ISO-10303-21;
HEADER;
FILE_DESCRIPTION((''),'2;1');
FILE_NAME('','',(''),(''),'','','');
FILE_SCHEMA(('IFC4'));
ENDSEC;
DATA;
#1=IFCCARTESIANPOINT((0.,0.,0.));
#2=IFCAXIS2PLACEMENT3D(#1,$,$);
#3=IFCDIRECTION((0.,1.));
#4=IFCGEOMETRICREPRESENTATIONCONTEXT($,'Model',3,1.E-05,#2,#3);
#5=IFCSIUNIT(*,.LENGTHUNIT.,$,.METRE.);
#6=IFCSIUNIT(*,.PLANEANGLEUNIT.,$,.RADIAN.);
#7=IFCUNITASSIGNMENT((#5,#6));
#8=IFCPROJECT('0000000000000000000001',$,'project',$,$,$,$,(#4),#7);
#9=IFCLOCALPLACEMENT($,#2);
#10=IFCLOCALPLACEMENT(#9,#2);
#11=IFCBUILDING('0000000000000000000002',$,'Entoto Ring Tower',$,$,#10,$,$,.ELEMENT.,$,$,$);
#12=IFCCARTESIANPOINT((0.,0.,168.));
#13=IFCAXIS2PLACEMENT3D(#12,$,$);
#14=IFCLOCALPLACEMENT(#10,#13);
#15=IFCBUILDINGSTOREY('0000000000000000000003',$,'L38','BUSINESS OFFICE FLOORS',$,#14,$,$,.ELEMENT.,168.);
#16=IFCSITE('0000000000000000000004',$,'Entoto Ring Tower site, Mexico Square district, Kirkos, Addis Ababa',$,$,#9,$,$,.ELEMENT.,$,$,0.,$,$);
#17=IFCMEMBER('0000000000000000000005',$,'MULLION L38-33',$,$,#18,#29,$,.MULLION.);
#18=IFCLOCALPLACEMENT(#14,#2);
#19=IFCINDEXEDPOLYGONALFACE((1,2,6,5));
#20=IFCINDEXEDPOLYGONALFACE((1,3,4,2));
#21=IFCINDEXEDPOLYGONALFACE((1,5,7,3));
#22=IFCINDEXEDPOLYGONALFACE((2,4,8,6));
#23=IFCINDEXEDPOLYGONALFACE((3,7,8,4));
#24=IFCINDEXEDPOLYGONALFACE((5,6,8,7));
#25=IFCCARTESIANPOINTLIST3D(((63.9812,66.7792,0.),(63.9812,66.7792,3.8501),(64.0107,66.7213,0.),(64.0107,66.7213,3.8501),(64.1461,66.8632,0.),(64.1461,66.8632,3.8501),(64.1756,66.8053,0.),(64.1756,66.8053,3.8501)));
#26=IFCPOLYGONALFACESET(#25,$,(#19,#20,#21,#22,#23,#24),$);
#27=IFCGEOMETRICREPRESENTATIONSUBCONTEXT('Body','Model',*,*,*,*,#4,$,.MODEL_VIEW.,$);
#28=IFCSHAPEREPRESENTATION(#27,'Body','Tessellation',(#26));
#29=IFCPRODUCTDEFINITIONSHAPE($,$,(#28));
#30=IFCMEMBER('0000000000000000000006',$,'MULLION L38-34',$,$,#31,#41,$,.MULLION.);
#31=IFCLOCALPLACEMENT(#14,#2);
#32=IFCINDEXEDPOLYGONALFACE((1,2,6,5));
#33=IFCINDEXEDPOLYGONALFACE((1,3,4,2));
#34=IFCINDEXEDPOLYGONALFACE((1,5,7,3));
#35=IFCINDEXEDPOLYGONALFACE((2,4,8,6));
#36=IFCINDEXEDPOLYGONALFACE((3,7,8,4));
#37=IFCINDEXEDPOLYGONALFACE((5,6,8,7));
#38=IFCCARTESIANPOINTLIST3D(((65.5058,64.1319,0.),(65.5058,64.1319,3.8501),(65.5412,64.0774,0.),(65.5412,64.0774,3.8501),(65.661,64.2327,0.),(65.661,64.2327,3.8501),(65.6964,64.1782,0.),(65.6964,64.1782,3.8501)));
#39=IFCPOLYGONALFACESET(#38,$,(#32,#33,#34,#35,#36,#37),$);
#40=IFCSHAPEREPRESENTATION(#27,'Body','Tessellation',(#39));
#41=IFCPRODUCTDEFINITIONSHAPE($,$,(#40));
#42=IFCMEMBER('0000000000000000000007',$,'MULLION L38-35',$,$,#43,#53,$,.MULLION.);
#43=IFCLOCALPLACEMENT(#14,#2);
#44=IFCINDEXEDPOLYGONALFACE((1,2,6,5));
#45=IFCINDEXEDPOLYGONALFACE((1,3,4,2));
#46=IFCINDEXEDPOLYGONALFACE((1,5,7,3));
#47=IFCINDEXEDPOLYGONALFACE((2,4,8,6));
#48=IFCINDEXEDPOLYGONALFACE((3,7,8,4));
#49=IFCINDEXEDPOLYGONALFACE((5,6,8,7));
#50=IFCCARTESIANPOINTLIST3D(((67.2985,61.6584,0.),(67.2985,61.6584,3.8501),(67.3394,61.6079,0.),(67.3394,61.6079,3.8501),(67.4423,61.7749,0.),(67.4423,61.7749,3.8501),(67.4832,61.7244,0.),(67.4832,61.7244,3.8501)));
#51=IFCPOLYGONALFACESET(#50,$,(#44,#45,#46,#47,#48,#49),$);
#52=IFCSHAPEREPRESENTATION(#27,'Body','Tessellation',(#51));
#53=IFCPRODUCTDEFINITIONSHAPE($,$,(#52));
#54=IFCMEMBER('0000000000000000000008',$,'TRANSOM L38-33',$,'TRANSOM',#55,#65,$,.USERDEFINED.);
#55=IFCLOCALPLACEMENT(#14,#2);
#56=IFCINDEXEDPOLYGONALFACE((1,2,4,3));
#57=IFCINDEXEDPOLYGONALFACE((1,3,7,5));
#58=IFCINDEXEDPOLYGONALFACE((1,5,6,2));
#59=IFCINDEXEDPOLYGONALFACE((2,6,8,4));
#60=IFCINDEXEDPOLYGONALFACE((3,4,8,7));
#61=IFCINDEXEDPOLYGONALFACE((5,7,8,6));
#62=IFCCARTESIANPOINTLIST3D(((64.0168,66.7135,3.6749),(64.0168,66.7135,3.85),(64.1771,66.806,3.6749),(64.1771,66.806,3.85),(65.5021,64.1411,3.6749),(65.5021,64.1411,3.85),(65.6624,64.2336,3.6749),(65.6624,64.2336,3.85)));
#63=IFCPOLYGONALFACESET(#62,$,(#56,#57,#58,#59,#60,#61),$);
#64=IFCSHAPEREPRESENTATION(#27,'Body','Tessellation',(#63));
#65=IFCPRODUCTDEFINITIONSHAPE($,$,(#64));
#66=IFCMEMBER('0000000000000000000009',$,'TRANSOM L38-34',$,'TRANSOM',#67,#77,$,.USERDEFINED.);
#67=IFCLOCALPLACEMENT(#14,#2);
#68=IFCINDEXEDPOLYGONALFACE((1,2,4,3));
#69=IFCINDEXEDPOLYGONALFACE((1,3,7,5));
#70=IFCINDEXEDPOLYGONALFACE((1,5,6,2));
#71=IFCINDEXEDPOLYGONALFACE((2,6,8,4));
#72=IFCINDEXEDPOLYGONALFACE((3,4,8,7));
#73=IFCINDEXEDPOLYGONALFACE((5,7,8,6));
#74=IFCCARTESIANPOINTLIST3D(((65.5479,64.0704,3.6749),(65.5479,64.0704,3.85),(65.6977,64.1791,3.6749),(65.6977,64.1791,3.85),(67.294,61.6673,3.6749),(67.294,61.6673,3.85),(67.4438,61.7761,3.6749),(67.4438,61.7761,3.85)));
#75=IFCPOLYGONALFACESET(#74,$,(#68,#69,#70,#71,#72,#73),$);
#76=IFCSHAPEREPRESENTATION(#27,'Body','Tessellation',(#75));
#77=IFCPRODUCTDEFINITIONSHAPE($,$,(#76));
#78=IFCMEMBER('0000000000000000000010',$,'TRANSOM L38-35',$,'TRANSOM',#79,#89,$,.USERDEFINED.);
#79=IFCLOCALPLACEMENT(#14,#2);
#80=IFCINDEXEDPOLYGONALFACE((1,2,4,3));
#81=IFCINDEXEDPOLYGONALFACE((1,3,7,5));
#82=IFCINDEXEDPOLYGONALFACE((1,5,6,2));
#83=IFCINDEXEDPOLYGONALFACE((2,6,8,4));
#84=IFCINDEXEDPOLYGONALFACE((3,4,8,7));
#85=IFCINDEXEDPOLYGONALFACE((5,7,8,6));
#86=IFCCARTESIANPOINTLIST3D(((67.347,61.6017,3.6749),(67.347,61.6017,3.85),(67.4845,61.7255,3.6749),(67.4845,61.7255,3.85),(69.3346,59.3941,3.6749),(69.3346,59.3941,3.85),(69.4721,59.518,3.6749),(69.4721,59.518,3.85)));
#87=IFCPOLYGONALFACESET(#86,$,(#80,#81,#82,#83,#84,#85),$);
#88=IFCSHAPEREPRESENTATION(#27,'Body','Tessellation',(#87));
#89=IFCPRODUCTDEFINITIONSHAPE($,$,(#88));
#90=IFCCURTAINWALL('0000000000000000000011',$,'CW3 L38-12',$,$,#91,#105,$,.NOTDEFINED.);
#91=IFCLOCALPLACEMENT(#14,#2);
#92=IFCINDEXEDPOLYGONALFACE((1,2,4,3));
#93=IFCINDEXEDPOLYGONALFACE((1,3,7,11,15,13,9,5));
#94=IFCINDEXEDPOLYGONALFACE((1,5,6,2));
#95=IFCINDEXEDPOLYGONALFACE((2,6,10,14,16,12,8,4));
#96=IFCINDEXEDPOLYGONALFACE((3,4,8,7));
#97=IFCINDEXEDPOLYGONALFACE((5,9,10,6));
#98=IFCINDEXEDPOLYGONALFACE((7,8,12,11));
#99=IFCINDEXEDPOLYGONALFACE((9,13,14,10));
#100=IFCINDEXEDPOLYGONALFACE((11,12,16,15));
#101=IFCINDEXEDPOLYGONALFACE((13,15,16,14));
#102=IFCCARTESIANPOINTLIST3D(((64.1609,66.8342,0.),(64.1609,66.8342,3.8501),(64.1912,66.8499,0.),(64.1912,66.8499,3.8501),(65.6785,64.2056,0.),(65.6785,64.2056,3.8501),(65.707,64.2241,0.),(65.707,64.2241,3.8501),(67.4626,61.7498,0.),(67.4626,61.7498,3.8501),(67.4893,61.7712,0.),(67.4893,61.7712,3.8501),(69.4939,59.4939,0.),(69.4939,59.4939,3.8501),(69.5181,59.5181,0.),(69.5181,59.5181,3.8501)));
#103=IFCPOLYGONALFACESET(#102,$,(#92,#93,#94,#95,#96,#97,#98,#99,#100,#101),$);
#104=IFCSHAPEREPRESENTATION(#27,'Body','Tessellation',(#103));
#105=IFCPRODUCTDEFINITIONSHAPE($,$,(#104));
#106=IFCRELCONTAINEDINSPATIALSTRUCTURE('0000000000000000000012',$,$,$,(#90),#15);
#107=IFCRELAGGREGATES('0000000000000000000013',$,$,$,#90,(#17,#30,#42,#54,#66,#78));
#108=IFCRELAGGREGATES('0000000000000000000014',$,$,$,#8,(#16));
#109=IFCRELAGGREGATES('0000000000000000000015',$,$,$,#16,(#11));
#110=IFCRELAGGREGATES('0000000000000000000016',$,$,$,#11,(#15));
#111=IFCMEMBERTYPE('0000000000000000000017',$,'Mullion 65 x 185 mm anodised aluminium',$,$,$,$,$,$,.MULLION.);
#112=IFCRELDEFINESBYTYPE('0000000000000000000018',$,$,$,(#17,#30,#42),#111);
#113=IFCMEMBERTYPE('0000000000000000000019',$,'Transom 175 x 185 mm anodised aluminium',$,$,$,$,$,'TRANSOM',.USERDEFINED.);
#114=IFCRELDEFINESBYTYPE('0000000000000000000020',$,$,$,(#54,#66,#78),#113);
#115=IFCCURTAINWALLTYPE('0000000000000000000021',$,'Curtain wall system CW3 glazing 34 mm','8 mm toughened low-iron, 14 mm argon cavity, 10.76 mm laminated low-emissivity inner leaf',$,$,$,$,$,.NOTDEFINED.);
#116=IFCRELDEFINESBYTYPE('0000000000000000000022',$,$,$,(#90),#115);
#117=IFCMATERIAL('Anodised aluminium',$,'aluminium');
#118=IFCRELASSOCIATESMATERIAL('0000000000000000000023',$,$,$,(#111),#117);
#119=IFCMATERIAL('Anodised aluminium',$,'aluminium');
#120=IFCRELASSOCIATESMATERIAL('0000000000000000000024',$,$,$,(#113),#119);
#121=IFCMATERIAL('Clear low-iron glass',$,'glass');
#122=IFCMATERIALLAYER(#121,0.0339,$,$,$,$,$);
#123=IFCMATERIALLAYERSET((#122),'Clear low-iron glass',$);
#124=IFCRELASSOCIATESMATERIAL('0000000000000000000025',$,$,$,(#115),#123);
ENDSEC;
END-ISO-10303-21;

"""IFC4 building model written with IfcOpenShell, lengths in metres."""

from ifc_helpers import new_model, si_unit, direction, frame, origin, origin_2d, place, context, subcontext, project, spatial, polyline, rectangle, outline, extrude, material, layer, layer_set, material_profile, profile_set, type_object, element, aggregate, save


model = new_model("IFC4")

# Units and contexts
model_context = context("Model", 3, precision=1e-05, world=origin(), true_north=direction((0.0, 1.0)))
body_context = subcontext(model_context, "Body", "Model", "MODEL_VIEW")
ifc_project = project(units=[si_unit("LENGTHUNIT", "METRE"), si_unit("PLANEANGLEUNIT", "RADIAN")], contexts=[model_context])

# Members
ifc_material_1 = material(Name="Anodised aluminium", Category="aluminium")
ifc_material_profile_1 = material_profile(ifc_material_1, rectangle(XDim=0.0649, YDim=0.1851, at=origin_2d()), Name="Mullion 65 x 185 mm anodised aluminium")
ifc_profile_set_1 = profile_set([ifc_material_profile_1], Name="Anodised aluminium")
member_type_1 = type_object("IfcMemberType", Name="Mullion 65 x 185 mm anodised aluminium", PredefinedType="MULLION", material=ifc_profile_set_1)
site_placement = place(None, origin())
building_placement = place(site_placement, origin())
storey_placement = place(building_placement, frame((0.0, 0.0, 168.0)))
member_1_placement = place(storey_placement, frame((64.0784, 66.7922, 0.0), z_axis=(0.0, 0.0, 1.0), x_axis=(0.45399, -0.891007, 0.0)))
member_1 = element("IfcMember", 1, at=member_1_placement, type_object=member_type_1, Name="MULLION L38-33", PredefinedType="MULLION", context=body_context, shape_type="SweptSolid", body=[
    extrude(rectangle(XDim=0.0649, YDim=0.1851, at=origin_2d()), origin(), (0.0, 0.0, 1.0), 3.8501),
])
member_2_placement = place(storey_placement, frame((65.6011, 64.155, 0.0), z_axis=(0.0, 0.0, 1.0), x_axis=(0.544639, -0.838671, 0.0)))
member_2 = element("IfcMember", 2, at=member_2_placement, type_object=member_type_1, Name="MULLION L38-34", PredefinedType="MULLION", context=body_context, shape_type="SweptSolid", body=[
    extrude(rectangle(XDim=0.0649, YDim=0.1851, at=origin_2d()), origin(), (0.0, 0.0, 1.0), 3.8501),
])
member_3_placement = place(storey_placement, frame((67.3909, 61.6914, 0.0), z_axis=(0.0, 0.0, 1.0), x_axis=(0.62932, -0.777146, 0.0)))
member_3 = element("IfcMember", 3, at=member_3_placement, type_object=member_type_1, Name="MULLION L38-35", PredefinedType="MULLION", context=body_context, shape_type="SweptSolid", body=[
    extrude(rectangle(XDim=0.0649, YDim=0.1851, at=origin_2d()), origin(), (0.0, 0.0, 1.0), 3.8501),
])
ifc_material_2 = material(Name="Anodised aluminium", Category="aluminium")
ifc_material_profile_2 = material_profile(ifc_material_2, rectangle(XDim=0.1851, YDim=0.175, at=origin_2d()), Name="Transom 175 x 185 mm anodised aluminium")
ifc_profile_set_2 = profile_set([ifc_material_profile_2], Name="Anodised aluminium")
member_type_2 = type_object("IfcMemberType", Name="Transom 175 x 185 mm anodised aluminium", ElementType="TRANSOM", PredefinedType="USERDEFINED", material=ifc_profile_set_2)
member_4_placement = place(storey_placement, frame((64.0969, 66.7598, 3.7625), z_axis=(0.500028, -0.866009, 0.0), x_axis=(0.866009, 0.500028, 0.0)))
member_4 = element("IfcMember", 4, at=member_4_placement, type_object=member_type_2, Name="TRANSOM L38-33", ObjectType="TRANSOM", PredefinedType="USERDEFINED", context=body_context, shape_type="SweptSolid", body=[
    extrude(rectangle(XDim=0.1851, YDim=0.175, at=origin_2d()), origin(), (0.0, 0.0, 1.0), 2.9705),
])
member_5_placement = place(storey_placement, frame((65.6228, 64.1248, 3.7625), z_axis=(0.58782, -0.808992, 0.0), x_axis=(0.808992, 0.58782, 0.0)))
member_5 = element("IfcMember", 5, at=member_5_placement, type_object=member_type_2, Name="TRANSOM L38-34", ObjectType="TRANSOM", PredefinedType="USERDEFINED", context=body_context, shape_type="SweptSolid", body=[
    extrude(rectangle(XDim=0.1851, YDim=0.175, at=origin_2d()), origin(), (0.0, 0.0, 1.0), 2.9705),
])
member_6_placement = place(storey_placement, frame((67.4158, 61.6636, 3.7625), z_axis=(0.66911, -0.743163, 0.0), x_axis=(0.743163, 0.66911, 0.0)))
member_6 = element("IfcMember", 6, at=member_6_placement, type_object=member_type_2, Name="TRANSOM L38-35", ObjectType="TRANSOM", PredefinedType="USERDEFINED", context=body_context, shape_type="SweptSolid", body=[
    extrude(rectangle(XDim=0.1851, YDim=0.175, at=origin_2d()), origin(), (0.0, 0.0, 1.0), 2.9705),
])

# Site, building, storey
site = spatial("IfcSite", under=ifc_project, at=site_placement, Name="Entoto Ring Tower site, Mexico Square district, Kirkos, Addis Ababa", CompositionType="ELEMENT", RefElevation=0.0)
building = spatial("IfcBuilding", under=site, at=building_placement, Name="Entoto Ring Tower", CompositionType="ELEMENT")
storey = spatial("IfcBuildingStorey", under=building, at=storey_placement, Name="L38", Description="BUSINESS OFFICE FLOORS", CompositionType="ELEMENT", Elevation=168.0)

# Curtain wall
ifc_material_3 = material(Name="Clear low-iron glass", Category="glass")
ifc_layer = layer(ifc_material_3, 0.0339)
ifc_layer_set = layer_set([ifc_layer], Name="Clear low-iron glass")
curtain_wall_type = type_object("IfcCurtainWallType", Name="Curtain wall system CW3 glazing 34 mm", Description="8 mm toughened low-iron, 14 mm argon cavity, 10.76 mm laminated low-emissivity inner leaf", PredefinedType="NOTDEFINED", material=ifc_layer_set)
curtain_wall_1_placement = place(storey_placement, origin())
curtain_wall_1 = element("IfcCurtainWall", 7, at=curtain_wall_1_placement, inside=storey, type_object=curtain_wall_type, Name="CW3 L38-12", PredefinedType="NOTDEFINED", context=body_context, shape_type="SweptSolid", body=[
    extrude(outline(polyline([(64.1609, 66.8342), (65.6785, 64.2056), (67.4626, 61.7498), (69.4939, 59.4939), (69.5181, 59.5181), (67.4893, 61.7712), (65.707, 64.2241), (64.1912, 66.8499), (64.1609, 66.8342)])), origin(), (0.0, 0.0, 1.0), 3.8501),
])
aggregate(curtain_wall_1, [member_1, member_2, member_3, member_4, member_5, member_6])

save(model, "model.ifc")
